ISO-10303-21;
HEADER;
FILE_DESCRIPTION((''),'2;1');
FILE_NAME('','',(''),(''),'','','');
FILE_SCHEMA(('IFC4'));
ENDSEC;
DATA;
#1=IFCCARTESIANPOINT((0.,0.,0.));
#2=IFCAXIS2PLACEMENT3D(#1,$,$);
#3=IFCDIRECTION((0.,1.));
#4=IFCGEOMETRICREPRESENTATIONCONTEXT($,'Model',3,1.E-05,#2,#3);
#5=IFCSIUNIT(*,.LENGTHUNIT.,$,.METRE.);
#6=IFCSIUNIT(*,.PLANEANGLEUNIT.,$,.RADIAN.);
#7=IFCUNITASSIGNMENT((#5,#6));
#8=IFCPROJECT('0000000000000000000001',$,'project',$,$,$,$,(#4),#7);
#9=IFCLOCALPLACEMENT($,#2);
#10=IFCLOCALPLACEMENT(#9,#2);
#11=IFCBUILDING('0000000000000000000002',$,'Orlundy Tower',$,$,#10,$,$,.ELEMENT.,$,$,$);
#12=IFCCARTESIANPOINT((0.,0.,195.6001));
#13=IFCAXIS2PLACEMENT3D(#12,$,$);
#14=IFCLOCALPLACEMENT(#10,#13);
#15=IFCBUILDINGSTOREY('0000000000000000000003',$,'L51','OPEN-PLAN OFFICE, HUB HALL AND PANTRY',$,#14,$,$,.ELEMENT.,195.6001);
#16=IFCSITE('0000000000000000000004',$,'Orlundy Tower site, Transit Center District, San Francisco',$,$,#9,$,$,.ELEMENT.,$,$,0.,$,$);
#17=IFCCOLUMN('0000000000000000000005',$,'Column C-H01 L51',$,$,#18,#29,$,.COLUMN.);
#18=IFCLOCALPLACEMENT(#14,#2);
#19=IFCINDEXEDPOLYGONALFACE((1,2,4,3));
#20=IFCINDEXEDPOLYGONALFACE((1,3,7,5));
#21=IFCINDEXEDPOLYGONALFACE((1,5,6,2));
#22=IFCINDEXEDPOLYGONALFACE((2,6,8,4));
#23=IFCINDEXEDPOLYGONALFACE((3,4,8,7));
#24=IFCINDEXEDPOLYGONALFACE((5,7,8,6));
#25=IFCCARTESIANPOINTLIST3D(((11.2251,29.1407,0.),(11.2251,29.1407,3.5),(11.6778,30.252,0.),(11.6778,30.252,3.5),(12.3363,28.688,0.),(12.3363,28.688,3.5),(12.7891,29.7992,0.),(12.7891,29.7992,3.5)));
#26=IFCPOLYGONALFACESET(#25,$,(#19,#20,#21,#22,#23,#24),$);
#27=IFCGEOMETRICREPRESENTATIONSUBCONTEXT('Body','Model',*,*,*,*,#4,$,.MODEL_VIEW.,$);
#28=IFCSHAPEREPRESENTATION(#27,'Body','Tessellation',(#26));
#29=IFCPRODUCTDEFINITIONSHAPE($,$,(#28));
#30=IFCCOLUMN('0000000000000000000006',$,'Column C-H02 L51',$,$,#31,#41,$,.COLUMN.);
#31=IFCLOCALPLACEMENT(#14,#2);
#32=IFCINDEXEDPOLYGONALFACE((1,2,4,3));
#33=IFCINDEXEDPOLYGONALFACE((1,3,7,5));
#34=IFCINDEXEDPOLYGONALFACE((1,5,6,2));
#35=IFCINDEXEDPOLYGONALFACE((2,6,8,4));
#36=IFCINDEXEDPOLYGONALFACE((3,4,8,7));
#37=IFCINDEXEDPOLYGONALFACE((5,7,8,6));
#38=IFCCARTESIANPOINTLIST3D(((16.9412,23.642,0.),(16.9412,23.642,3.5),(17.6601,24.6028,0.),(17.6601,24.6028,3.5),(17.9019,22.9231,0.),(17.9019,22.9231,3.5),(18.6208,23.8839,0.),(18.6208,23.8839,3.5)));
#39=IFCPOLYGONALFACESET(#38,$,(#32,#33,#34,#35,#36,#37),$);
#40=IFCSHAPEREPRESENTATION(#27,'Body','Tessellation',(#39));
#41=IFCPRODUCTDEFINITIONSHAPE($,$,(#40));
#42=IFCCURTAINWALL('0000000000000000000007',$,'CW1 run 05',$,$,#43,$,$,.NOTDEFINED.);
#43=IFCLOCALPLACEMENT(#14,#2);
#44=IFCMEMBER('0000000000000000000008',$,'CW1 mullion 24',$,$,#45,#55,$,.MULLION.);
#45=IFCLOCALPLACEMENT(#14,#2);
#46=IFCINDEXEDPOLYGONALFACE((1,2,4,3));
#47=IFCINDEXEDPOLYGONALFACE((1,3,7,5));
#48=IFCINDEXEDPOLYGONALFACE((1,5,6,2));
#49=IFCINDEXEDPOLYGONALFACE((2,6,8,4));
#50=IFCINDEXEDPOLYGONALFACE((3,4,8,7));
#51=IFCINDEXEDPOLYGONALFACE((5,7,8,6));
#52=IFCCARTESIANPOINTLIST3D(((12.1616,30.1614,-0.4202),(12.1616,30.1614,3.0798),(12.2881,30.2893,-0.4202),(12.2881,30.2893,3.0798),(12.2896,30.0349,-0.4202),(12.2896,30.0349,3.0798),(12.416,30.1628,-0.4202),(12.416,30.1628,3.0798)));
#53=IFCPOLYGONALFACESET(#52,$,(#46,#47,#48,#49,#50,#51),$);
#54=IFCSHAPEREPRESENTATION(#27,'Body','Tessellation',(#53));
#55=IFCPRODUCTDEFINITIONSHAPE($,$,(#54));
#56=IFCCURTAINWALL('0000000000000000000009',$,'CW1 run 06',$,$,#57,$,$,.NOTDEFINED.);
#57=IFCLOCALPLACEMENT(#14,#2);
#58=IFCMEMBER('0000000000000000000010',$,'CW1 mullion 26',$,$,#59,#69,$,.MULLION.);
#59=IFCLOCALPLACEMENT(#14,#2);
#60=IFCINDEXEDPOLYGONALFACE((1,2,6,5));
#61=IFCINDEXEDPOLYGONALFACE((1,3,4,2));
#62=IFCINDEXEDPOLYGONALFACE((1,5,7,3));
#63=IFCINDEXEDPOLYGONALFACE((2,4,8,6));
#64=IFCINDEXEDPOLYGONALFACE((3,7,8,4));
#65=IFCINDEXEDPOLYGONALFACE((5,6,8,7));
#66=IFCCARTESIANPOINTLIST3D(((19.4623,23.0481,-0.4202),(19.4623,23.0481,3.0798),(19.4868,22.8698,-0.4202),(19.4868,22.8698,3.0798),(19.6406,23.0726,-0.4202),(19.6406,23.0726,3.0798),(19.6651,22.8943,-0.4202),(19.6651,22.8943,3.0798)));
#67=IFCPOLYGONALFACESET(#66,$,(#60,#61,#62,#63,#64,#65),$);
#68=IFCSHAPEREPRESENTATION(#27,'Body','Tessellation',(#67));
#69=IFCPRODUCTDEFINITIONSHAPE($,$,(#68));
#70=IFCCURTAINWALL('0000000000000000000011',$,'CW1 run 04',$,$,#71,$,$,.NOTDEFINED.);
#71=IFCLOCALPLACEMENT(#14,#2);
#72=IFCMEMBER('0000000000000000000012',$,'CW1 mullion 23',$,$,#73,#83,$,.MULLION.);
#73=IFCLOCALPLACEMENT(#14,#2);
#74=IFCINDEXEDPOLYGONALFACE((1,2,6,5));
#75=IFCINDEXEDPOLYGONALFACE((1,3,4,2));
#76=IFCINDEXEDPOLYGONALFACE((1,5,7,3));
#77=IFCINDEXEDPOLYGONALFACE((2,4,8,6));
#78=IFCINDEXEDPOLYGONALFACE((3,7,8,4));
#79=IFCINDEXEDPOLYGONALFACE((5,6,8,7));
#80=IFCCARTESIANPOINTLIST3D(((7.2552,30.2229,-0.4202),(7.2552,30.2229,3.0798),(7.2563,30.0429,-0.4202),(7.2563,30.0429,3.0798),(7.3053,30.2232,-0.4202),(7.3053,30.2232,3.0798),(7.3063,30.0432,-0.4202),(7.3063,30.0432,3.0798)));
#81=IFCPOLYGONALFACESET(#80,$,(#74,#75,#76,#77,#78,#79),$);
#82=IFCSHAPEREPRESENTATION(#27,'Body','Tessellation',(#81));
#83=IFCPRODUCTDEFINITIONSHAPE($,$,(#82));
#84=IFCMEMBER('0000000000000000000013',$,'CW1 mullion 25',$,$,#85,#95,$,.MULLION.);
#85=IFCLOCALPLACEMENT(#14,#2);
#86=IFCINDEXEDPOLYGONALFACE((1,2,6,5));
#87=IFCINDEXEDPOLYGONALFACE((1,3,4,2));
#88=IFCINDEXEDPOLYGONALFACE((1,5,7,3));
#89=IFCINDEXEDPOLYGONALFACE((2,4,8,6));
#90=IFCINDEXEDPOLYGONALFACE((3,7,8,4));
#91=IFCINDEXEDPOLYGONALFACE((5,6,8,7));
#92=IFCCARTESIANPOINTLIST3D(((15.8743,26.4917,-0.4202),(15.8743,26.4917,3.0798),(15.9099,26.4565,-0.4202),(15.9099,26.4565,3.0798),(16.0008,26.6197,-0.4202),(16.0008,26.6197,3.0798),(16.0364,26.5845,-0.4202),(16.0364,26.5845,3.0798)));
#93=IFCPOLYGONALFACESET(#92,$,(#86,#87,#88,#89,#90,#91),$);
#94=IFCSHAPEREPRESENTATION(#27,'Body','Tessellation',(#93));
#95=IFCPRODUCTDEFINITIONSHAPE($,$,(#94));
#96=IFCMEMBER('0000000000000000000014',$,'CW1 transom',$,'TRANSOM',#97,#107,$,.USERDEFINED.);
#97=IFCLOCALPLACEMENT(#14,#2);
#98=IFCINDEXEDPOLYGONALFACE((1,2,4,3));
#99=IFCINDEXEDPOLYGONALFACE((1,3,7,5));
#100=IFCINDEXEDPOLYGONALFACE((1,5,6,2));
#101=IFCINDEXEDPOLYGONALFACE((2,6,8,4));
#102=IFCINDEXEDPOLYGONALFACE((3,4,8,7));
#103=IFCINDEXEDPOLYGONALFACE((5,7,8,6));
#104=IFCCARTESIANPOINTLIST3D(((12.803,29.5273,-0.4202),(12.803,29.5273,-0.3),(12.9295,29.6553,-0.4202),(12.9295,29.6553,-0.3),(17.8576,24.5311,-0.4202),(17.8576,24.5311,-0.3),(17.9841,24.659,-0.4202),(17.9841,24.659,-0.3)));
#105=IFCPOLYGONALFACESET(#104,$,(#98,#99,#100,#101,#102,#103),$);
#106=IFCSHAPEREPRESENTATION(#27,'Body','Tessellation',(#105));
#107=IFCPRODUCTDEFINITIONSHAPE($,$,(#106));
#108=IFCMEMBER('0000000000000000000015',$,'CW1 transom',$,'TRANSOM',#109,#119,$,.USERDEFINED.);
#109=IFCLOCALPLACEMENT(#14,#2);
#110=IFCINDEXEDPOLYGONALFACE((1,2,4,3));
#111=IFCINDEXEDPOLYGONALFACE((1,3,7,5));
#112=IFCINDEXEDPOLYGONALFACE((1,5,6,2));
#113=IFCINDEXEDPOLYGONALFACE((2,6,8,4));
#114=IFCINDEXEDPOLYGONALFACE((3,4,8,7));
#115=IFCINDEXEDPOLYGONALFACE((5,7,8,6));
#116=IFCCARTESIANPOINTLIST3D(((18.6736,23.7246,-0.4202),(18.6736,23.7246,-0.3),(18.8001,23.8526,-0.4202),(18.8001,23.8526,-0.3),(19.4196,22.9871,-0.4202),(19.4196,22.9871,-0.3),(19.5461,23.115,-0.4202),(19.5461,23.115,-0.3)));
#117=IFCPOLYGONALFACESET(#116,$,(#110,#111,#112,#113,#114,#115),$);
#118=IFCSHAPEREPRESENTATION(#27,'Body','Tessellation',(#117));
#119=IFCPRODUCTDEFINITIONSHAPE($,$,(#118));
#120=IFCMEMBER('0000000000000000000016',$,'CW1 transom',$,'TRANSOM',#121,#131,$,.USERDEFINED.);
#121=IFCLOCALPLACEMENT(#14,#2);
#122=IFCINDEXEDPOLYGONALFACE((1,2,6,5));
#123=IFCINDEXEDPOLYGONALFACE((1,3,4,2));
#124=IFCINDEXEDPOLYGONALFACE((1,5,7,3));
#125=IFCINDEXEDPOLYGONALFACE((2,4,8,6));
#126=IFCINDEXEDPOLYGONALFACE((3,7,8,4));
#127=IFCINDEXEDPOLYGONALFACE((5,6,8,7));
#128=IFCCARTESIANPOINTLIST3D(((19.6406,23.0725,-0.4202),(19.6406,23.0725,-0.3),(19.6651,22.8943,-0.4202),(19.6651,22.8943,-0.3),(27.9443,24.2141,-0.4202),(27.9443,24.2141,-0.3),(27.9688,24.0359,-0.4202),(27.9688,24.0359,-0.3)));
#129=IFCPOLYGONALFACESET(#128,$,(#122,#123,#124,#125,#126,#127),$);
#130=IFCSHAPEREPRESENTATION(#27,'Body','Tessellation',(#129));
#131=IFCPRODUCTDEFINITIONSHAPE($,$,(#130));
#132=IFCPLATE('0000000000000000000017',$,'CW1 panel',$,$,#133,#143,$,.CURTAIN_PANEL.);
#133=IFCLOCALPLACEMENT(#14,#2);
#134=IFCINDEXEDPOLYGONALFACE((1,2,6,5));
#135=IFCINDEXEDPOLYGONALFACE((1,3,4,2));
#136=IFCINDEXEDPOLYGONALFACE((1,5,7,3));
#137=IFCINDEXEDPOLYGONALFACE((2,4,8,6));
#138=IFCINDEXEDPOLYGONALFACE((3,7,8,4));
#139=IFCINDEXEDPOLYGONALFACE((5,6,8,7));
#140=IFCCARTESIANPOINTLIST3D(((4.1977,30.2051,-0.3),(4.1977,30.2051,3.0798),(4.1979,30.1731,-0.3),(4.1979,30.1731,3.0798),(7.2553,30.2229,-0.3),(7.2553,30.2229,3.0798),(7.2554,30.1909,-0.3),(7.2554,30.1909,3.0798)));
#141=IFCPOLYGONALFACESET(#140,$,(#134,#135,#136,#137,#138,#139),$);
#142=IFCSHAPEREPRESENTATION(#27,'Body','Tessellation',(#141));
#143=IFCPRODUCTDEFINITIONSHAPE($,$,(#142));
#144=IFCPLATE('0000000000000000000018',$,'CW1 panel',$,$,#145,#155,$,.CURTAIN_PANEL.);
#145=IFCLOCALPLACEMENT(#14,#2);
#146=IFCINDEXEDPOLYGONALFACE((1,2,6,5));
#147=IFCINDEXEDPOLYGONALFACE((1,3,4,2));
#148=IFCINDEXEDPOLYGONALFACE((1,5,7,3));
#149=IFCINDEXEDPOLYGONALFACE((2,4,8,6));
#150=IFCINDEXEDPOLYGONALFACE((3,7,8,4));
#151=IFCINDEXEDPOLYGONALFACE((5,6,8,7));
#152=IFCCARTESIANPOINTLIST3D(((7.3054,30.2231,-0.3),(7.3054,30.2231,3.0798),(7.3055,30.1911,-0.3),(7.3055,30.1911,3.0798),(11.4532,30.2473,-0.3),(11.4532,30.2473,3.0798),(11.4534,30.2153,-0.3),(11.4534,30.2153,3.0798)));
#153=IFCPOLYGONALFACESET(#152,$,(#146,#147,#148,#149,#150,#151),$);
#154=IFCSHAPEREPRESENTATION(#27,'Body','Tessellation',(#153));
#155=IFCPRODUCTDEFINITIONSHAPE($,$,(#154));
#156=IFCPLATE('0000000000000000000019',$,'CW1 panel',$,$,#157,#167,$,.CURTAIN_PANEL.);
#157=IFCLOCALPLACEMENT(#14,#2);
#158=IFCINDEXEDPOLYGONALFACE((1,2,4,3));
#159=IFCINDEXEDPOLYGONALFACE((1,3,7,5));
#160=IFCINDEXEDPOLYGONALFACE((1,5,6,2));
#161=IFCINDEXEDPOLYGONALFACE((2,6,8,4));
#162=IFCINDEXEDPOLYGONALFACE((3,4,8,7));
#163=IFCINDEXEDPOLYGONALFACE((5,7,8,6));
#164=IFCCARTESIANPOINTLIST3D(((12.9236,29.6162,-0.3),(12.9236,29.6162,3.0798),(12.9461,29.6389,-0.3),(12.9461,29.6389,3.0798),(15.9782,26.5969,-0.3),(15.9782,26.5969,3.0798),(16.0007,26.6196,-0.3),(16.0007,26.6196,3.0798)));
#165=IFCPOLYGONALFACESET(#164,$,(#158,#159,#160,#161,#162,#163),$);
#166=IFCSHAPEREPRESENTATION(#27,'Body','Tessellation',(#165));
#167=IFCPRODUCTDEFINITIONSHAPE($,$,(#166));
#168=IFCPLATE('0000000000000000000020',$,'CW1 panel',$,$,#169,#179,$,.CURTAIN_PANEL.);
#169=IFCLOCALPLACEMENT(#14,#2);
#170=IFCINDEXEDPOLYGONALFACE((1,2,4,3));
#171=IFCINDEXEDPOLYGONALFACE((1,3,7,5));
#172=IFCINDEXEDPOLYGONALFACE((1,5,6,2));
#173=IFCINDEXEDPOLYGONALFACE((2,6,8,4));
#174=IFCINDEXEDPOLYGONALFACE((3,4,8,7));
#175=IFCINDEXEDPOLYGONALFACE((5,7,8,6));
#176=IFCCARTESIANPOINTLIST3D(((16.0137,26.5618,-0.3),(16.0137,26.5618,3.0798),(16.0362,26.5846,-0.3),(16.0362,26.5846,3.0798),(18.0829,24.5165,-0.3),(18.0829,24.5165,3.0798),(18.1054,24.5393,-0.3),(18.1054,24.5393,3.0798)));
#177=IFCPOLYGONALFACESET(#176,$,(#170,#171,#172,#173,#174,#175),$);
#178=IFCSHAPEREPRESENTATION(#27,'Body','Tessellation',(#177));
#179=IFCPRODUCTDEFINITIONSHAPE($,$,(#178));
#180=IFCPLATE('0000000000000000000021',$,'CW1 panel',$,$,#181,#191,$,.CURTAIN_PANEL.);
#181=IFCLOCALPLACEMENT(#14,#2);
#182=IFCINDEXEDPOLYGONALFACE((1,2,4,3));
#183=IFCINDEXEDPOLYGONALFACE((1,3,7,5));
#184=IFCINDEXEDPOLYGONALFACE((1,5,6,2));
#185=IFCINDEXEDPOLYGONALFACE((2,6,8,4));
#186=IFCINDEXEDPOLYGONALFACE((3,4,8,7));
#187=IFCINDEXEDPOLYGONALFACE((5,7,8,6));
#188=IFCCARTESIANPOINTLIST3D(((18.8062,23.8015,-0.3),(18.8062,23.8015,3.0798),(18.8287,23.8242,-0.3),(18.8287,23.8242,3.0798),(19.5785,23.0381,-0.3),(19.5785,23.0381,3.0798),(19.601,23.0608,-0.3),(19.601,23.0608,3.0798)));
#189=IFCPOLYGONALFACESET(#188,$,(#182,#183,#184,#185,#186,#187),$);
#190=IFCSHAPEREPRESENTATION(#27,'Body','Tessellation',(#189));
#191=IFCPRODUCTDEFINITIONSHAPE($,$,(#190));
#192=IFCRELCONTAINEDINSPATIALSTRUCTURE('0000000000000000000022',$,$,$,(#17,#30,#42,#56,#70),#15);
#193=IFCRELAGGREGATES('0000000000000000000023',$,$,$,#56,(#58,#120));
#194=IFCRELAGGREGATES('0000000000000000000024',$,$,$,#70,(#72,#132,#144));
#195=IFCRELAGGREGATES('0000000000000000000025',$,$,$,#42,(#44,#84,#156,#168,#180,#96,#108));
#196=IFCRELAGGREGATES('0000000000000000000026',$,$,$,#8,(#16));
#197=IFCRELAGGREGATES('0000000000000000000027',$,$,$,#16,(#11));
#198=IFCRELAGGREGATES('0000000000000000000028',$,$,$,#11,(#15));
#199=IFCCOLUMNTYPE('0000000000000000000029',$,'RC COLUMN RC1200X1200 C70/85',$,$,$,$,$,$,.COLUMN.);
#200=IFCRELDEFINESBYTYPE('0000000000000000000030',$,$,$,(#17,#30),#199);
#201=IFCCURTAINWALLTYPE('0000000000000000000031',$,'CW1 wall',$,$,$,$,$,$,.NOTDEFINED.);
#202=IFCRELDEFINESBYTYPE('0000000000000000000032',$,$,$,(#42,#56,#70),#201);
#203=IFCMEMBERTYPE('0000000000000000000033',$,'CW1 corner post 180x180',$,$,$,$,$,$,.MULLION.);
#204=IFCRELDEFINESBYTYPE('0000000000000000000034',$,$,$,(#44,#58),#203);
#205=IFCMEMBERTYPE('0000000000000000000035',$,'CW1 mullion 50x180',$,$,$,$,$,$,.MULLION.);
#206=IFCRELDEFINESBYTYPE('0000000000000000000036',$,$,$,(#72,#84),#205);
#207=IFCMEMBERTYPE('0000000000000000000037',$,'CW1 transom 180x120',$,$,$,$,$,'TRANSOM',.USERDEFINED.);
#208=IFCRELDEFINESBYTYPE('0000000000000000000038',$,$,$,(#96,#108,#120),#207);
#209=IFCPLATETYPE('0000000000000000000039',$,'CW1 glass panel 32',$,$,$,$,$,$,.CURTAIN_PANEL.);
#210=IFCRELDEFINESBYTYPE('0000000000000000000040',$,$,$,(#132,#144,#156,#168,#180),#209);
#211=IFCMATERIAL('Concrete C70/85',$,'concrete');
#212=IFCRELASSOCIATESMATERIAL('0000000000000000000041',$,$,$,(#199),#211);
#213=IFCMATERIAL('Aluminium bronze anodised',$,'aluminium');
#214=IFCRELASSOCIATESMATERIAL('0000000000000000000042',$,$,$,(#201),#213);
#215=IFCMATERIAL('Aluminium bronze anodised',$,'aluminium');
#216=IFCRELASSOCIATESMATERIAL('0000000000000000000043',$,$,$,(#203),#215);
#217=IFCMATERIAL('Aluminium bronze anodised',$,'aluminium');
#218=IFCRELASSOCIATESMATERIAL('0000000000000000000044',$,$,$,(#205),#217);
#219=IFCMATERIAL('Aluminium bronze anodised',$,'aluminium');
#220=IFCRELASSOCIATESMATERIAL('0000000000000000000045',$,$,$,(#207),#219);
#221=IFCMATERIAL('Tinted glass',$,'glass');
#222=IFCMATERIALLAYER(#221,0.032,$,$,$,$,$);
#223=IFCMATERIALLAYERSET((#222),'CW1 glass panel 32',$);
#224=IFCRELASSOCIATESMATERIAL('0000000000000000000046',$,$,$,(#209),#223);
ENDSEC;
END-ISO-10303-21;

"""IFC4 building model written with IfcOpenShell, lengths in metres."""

from ifc_helpers import new_model, si_unit, direction, frame, origin, origin_2d, place, context, subcontext, project, spatial, rectangle, extrude, material, layer, layer_set, material_profile, profile_set, type_object, element, aggregate, save


model = new_model("IFC4")

# Units and contexts
model_context = context("Model", 3, precision=1e-05, world=origin(), true_north=direction((0.0, 1.0)))
body_context = subcontext(model_context, "Body", "Model", "MODEL_VIEW")
ifc_project = project(units=[si_unit("LENGTHUNIT", "METRE"), si_unit("PLANEANGLEUNIT", "RADIAN")], contexts=[model_context])

# Site, building, storey
site_placement = place(None, origin())
site = spatial("IfcSite", under=ifc_project, at=site_placement, Name="Orlundy Tower site, Transit Center District, San Francisco", CompositionType="ELEMENT", RefElevation=0.0)
building_placement = place(site_placement, origin())
building = spatial("IfcBuilding", under=site, at=building_placement, Name="Orlundy Tower", CompositionType="ELEMENT")
storey_placement = place(building_placement, frame((0.0, 0.0, 195.6001)))
storey = spatial("IfcBuildingStorey", under=building, at=storey_placement, Name="L51", Description="OPEN-PLAN OFFICE, HUB HALL AND PANTRY", CompositionType="ELEMENT", Elevation=195.6001)

# Columns
ifc_material_1 = material(Name="Concrete C70/85", Category="concrete")
ifc_material_profile_1 = material_profile(ifc_material_1, rectangle(XDim=1.2, YDim=1.2, at=origin_2d()), Name="RC1200X1200")
ifc_profile_set_1 = profile_set([ifc_material_profile_1], Name="Concrete C70/85")
column_type = type_object("IfcColumnType", Name="RC COLUMN RC1200X1200 C70/85", PredefinedType="COLUMN", material=ifc_profile_set_1)
for number, where, z_axis, x_axis, name in (
    (1, (12.0071, 29.47, 0.0), (0.0, 0.0, 1.0), (0.377324, 0.926081, 0.0), "Column C-H01 L51"),
    (2, (17.781, 23.7629, 0.0), (0.0, 0.0, 1.0), (0.599107, 0.800669, 0.0), "Column C-H02 L51"),
):
    element("IfcColumn", number, at=place(storey_placement, frame(where, z_axis=z_axis, x_axis=x_axis)), inside=storey, type_object=column_type, Name=name, PredefinedType="COLUMN", context=body_context, shape_type="SweptSolid", body=[
        extrude(rectangle(XDim=1.2, YDim=1.2, at=origin_2d()), origin(), (0.0, 0.0, 1.0), 3.5),
    ])

# Curtain walls, members
ifc_material_2 = material(Name="Aluminium bronze anodised", Category="aluminium")
curtain_wall_type = type_object("IfcCurtainWallType", Name="CW1 wall", PredefinedType="NOTDEFINED", material=ifc_material_2)
curtain_wall_1_placement = place(storey_placement, origin())
curtain_wall_1 = element("IfcCurtainWall", 3, at=curtain_wall_1_placement, inside=storey, type_object=curtain_wall_type, Name="CW1 run 05", PredefinedType="NOTDEFINED")
ifc_material_3 = material(Name="Aluminium bronze anodised", Category="aluminium")
ifc_material_profile_2 = material_profile(ifc_material_3, rectangle(XDim=0.1799, YDim=0.1799, at=origin_2d()), Name="CW1 corner post 180x180")
ifc_profile_set_2 = profile_set([ifc_material_profile_2], Name="Aluminium bronze anodised")
member_type_1 = type_object("IfcMemberType", Name="CW1 corner post 180x180", PredefinedType="MULLION", material=ifc_profile_set_2)
member_1_placement = place(storey_placement, frame((12.2888, 30.1621, -0.4202), z_axis=(0.0, 0.0, 1.0), x_axis=(0.702992, 0.711198, 0.0)))
member_1 = element("IfcMember", 4, at=member_1_placement, type_object=member_type_1, Name="CW1 mullion 24", PredefinedType="MULLION", context=body_context, shape_type="SweptSolid", body=[
    extrude(rectangle(XDim=0.1799, YDim=0.1799, at=origin_2d()), origin(), (0.0, 0.0, 1.0), 3.5),
])
curtain_wall_2_placement = place(storey_placement, origin())
curtain_wall_2 = element("IfcCurtainWall", 5, at=curtain_wall_2_placement, inside=storey, type_object=curtain_wall_type, Name="CW1 run 06", PredefinedType="NOTDEFINED")
member_2_placement = place(storey_placement, frame((19.5637, 22.9712, -0.4202), z_axis=(0.0, 0.0, 1.0), x_axis=(-0.136185, 0.990683, 0.0)))
member_2 = element("IfcMember", 6, at=member_2_placement, type_object=member_type_1, Name="CW1 mullion 26", PredefinedType="MULLION", context=body_context, shape_type="SweptSolid", body=[
    extrude(rectangle(XDim=0.1799, YDim=0.1799, at=origin_2d()), origin(), (0.0, 0.0, 1.0), 3.5),
])
curtain_wall_3_placement = place(storey_placement, origin())
curtain_wall_3 = element("IfcCurtainWall", 7, at=curtain_wall_3_placement, inside=storey, type_object=curtain_wall_type, Name="CW1 run 04", PredefinedType="NOTDEFINED")
ifc_material_4 = material(Name="Aluminium bronze anodised", Category="aluminium")
ifc_material_profile_3 = material_profile(ifc_material_4, rectangle(XDim=0.1799, YDim=0.05, at=origin_2d()), Name="CW1 mullion 50x180")
ifc_profile_set_3 = profile_set([ifc_material_profile_3], Name="Aluminium bronze anodised")
member_type_2 = type_object("IfcMemberType", Name="CW1 mullion 50x180", PredefinedType="MULLION", material=ifc_profile_set_3)
member_3_placement = place(storey_placement, frame((7.2808, 30.1331, -0.4202), z_axis=(0.0, 0.0, 1.0), x_axis=(-0.005834, 0.999983, 0.0)))
member_3 = element("IfcMember", 8, at=member_3_placement, type_object=member_type_2, Name="CW1 mullion 23", PredefinedType="MULLION", context=body_context, shape_type="SweptSolid", body=[
    extrude(rectangle(XDim=0.1799, YDim=0.05, at=origin_2d()), origin(), (0.0, 0.0, 1.0), 3.5),
])

# Members
member_4_placement = place(storey_placement, frame((15.9553, 26.5381, -0.4202), z_axis=(0.0, 0.0, 1.0), x_axis=(0.702992, 0.711198, 0.0)))
member_4 = element("IfcMember", 9, at=member_4_placement, type_object=member_type_2, Name="CW1 mullion 25", PredefinedType="MULLION", context=body_context, shape_type="SweptSolid", body=[
    extrude(rectangle(XDim=0.1799, YDim=0.05, at=origin_2d()), origin(), (0.0, 0.0, 1.0), 3.5),
])
ifc_material_5 = material(Name="Aluminium bronze anodised", Category="aluminium")
ifc_material_profile_4 = material_profile(ifc_material_5, rectangle(XDim=0.1799, YDim=0.1201, at=origin_2d()), Name="CW1 transom 180x120")
ifc_profile_set_4 = profile_set([ifc_material_profile_4], Name="Aluminium bronze anodised")
member_type_3 = type_object("IfcMemberType", Name="CW1 transom 180x120", ElementType="TRANSOM", PredefinedType="USERDEFINED", material=ifc_profile_set_4)
member_5_placement = place(storey_placement, frame((12.8662, 29.5913, -0.3601), z_axis=(0.7112, -0.70299, 0.0), x_axis=(0.70299, 0.7112, 0.0)))
member_5 = element("IfcMember", 10, at=member_5_placement, type_object=member_type_3, Name="CW1 transom", ObjectType="TRANSOM", PredefinedType="USERDEFINED", context=body_context, shape_type="SweptSolid", body=[
    extrude(rectangle(XDim=0.1799, YDim=0.1201, at=origin_2d()), origin(), (0.0, 0.0, 1.0), 7.1072),
])
member_6_placement = place(storey_placement, frame((18.7368, 23.7886, -0.3601), z_axis=(0.711168, -0.703023, 0.0), x_axis=(0.703023, 0.711168, 0.0)))
member_6 = element("IfcMember", 11, at=member_6_placement, type_object=member_type_3, Name="CW1 transom", ObjectType="TRANSOM", PredefinedType="USERDEFINED", context=body_context, shape_type="SweptSolid", body=[
    extrude(rectangle(XDim=0.1799, YDim=0.1201, at=origin_2d()), origin(), (0.0, 0.0, 1.0), 1.0491),
])
member_7_placement = place(storey_placement, frame((19.6528, 22.9834, -0.3601), z_axis=(0.990681, 0.1362, 0.0), x_axis=(-0.1362, 0.990681, 0.0)))
member_7 = element("IfcMember", 12, at=member_7_placement, type_object=member_type_3, Name="CW1 transom", ObjectType="TRANSOM", PredefinedType="USERDEFINED", context=body_context, shape_type="SweptSolid", body=[
    extrude(rectangle(XDim=0.1799, YDim=0.1201, at=origin_2d()), origin(), (0.0, 0.0, 1.0), 8.3818),
])
aggregate(curtain_wall_2, [member_2, member_7])

# Plates
ifc_material_6 = material(Name="Tinted glass", Category="glass")
ifc_layer_1 = layer(ifc_material_6, 0.032)
ifc_layer_set_1 = layer_set([ifc_layer_1], Name="CW1 glass panel 32")
plate_type = type_object("IfcPlateType", Name="CW1 glass panel 32", PredefinedType="CURTAIN_PANEL", material=ifc_layer_set_1)
plate_1_placement = place(storey_placement, frame((5.7266, 30.198, -0.3), z_axis=(0.0, 0.0, 1.0), x_axis=(0.999983, 0.005834, 0.0)))
plate_1 = element("IfcPlate", 13, at=plate_1_placement, type_object=plate_type, Name="CW1 panel", PredefinedType="CURTAIN_PANEL", context=body_context, shape_type="SweptSolid", body=[
    extrude(rectangle(XDim=3.0576, YDim=0.032, at=origin_2d()), origin(), (0.0, 0.0, 1.0), 3.3799),
])
plate_2_placement = place(storey_placement, frame((9.3794, 30.2192, -0.3), z_axis=(0.0, 0.0, 1.0), x_axis=(0.999983, 0.005834, 0.0)))
plate_2 = element("IfcPlate", 14, at=plate_2_placement, type_object=plate_type, Name="CW1 panel", PredefinedType="CURTAIN_PANEL", context=body_context, shape_type="SweptSolid", body=[
    extrude(rectangle(XDim=4.1479, YDim=0.032, at=origin_2d()), origin(), (0.0, 0.0, 1.0), 3.3799),
])
aggregate(curtain_wall_3, [member_3, plate_1, plate_2])
plate_3_placement = place(storey_placement, frame((14.4622, 28.1179, -0.3), z_axis=(0.0, 0.0, 1.0), x_axis=(0.711198, -0.702992, 0.0)))
plate_3 = element("IfcPlate", 15, at=plate_3_placement, type_object=plate_type, Name="CW1 panel", PredefinedType="CURTAIN_PANEL", context=body_context, shape_type="SweptSolid", body=[
    extrude(rectangle(XDim=4.2949, YDim=0.032, at=origin_2d()), origin(), (0.0, 0.0, 1.0), 3.3799),
])
plate_4_placement = place(storey_placement, frame((17.0596, 25.5505, -0.3), z_axis=(0.0, 0.0, 1.0), x_axis=(0.711198, -0.702992, 0.0)))
plate_4 = element("IfcPlate", 16, at=plate_4_placement, type_object=plate_type, Name="CW1 panel", PredefinedType="CURTAIN_PANEL", context=body_context, shape_type="SweptSolid", body=[
    extrude(rectangle(XDim=2.9094, YDim=0.032, at=origin_2d()), origin(), (0.0, 0.0, 1.0), 3.3799),
])
plate_5_placement = place(storey_placement, frame((19.2036, 23.4312, -0.3), z_axis=(0.0, 0.0, 1.0), x_axis=(0.711198, -0.702992, 0.0)))
plate_5 = element("IfcPlate", 17, at=plate_5_placement, type_object=plate_type, Name="CW1 panel", PredefinedType="CURTAIN_PANEL", context=body_context, shape_type="SweptSolid", body=[
    extrude(rectangle(XDim=1.0859, YDim=0.032, at=origin_2d()), origin(), (0.0, 0.0, 1.0), 3.3799),
])
aggregate(curtain_wall_1, [member_1, member_4, plate_3, plate_4, plate_5, member_5, member_6])

save(model, "model.ifc")
